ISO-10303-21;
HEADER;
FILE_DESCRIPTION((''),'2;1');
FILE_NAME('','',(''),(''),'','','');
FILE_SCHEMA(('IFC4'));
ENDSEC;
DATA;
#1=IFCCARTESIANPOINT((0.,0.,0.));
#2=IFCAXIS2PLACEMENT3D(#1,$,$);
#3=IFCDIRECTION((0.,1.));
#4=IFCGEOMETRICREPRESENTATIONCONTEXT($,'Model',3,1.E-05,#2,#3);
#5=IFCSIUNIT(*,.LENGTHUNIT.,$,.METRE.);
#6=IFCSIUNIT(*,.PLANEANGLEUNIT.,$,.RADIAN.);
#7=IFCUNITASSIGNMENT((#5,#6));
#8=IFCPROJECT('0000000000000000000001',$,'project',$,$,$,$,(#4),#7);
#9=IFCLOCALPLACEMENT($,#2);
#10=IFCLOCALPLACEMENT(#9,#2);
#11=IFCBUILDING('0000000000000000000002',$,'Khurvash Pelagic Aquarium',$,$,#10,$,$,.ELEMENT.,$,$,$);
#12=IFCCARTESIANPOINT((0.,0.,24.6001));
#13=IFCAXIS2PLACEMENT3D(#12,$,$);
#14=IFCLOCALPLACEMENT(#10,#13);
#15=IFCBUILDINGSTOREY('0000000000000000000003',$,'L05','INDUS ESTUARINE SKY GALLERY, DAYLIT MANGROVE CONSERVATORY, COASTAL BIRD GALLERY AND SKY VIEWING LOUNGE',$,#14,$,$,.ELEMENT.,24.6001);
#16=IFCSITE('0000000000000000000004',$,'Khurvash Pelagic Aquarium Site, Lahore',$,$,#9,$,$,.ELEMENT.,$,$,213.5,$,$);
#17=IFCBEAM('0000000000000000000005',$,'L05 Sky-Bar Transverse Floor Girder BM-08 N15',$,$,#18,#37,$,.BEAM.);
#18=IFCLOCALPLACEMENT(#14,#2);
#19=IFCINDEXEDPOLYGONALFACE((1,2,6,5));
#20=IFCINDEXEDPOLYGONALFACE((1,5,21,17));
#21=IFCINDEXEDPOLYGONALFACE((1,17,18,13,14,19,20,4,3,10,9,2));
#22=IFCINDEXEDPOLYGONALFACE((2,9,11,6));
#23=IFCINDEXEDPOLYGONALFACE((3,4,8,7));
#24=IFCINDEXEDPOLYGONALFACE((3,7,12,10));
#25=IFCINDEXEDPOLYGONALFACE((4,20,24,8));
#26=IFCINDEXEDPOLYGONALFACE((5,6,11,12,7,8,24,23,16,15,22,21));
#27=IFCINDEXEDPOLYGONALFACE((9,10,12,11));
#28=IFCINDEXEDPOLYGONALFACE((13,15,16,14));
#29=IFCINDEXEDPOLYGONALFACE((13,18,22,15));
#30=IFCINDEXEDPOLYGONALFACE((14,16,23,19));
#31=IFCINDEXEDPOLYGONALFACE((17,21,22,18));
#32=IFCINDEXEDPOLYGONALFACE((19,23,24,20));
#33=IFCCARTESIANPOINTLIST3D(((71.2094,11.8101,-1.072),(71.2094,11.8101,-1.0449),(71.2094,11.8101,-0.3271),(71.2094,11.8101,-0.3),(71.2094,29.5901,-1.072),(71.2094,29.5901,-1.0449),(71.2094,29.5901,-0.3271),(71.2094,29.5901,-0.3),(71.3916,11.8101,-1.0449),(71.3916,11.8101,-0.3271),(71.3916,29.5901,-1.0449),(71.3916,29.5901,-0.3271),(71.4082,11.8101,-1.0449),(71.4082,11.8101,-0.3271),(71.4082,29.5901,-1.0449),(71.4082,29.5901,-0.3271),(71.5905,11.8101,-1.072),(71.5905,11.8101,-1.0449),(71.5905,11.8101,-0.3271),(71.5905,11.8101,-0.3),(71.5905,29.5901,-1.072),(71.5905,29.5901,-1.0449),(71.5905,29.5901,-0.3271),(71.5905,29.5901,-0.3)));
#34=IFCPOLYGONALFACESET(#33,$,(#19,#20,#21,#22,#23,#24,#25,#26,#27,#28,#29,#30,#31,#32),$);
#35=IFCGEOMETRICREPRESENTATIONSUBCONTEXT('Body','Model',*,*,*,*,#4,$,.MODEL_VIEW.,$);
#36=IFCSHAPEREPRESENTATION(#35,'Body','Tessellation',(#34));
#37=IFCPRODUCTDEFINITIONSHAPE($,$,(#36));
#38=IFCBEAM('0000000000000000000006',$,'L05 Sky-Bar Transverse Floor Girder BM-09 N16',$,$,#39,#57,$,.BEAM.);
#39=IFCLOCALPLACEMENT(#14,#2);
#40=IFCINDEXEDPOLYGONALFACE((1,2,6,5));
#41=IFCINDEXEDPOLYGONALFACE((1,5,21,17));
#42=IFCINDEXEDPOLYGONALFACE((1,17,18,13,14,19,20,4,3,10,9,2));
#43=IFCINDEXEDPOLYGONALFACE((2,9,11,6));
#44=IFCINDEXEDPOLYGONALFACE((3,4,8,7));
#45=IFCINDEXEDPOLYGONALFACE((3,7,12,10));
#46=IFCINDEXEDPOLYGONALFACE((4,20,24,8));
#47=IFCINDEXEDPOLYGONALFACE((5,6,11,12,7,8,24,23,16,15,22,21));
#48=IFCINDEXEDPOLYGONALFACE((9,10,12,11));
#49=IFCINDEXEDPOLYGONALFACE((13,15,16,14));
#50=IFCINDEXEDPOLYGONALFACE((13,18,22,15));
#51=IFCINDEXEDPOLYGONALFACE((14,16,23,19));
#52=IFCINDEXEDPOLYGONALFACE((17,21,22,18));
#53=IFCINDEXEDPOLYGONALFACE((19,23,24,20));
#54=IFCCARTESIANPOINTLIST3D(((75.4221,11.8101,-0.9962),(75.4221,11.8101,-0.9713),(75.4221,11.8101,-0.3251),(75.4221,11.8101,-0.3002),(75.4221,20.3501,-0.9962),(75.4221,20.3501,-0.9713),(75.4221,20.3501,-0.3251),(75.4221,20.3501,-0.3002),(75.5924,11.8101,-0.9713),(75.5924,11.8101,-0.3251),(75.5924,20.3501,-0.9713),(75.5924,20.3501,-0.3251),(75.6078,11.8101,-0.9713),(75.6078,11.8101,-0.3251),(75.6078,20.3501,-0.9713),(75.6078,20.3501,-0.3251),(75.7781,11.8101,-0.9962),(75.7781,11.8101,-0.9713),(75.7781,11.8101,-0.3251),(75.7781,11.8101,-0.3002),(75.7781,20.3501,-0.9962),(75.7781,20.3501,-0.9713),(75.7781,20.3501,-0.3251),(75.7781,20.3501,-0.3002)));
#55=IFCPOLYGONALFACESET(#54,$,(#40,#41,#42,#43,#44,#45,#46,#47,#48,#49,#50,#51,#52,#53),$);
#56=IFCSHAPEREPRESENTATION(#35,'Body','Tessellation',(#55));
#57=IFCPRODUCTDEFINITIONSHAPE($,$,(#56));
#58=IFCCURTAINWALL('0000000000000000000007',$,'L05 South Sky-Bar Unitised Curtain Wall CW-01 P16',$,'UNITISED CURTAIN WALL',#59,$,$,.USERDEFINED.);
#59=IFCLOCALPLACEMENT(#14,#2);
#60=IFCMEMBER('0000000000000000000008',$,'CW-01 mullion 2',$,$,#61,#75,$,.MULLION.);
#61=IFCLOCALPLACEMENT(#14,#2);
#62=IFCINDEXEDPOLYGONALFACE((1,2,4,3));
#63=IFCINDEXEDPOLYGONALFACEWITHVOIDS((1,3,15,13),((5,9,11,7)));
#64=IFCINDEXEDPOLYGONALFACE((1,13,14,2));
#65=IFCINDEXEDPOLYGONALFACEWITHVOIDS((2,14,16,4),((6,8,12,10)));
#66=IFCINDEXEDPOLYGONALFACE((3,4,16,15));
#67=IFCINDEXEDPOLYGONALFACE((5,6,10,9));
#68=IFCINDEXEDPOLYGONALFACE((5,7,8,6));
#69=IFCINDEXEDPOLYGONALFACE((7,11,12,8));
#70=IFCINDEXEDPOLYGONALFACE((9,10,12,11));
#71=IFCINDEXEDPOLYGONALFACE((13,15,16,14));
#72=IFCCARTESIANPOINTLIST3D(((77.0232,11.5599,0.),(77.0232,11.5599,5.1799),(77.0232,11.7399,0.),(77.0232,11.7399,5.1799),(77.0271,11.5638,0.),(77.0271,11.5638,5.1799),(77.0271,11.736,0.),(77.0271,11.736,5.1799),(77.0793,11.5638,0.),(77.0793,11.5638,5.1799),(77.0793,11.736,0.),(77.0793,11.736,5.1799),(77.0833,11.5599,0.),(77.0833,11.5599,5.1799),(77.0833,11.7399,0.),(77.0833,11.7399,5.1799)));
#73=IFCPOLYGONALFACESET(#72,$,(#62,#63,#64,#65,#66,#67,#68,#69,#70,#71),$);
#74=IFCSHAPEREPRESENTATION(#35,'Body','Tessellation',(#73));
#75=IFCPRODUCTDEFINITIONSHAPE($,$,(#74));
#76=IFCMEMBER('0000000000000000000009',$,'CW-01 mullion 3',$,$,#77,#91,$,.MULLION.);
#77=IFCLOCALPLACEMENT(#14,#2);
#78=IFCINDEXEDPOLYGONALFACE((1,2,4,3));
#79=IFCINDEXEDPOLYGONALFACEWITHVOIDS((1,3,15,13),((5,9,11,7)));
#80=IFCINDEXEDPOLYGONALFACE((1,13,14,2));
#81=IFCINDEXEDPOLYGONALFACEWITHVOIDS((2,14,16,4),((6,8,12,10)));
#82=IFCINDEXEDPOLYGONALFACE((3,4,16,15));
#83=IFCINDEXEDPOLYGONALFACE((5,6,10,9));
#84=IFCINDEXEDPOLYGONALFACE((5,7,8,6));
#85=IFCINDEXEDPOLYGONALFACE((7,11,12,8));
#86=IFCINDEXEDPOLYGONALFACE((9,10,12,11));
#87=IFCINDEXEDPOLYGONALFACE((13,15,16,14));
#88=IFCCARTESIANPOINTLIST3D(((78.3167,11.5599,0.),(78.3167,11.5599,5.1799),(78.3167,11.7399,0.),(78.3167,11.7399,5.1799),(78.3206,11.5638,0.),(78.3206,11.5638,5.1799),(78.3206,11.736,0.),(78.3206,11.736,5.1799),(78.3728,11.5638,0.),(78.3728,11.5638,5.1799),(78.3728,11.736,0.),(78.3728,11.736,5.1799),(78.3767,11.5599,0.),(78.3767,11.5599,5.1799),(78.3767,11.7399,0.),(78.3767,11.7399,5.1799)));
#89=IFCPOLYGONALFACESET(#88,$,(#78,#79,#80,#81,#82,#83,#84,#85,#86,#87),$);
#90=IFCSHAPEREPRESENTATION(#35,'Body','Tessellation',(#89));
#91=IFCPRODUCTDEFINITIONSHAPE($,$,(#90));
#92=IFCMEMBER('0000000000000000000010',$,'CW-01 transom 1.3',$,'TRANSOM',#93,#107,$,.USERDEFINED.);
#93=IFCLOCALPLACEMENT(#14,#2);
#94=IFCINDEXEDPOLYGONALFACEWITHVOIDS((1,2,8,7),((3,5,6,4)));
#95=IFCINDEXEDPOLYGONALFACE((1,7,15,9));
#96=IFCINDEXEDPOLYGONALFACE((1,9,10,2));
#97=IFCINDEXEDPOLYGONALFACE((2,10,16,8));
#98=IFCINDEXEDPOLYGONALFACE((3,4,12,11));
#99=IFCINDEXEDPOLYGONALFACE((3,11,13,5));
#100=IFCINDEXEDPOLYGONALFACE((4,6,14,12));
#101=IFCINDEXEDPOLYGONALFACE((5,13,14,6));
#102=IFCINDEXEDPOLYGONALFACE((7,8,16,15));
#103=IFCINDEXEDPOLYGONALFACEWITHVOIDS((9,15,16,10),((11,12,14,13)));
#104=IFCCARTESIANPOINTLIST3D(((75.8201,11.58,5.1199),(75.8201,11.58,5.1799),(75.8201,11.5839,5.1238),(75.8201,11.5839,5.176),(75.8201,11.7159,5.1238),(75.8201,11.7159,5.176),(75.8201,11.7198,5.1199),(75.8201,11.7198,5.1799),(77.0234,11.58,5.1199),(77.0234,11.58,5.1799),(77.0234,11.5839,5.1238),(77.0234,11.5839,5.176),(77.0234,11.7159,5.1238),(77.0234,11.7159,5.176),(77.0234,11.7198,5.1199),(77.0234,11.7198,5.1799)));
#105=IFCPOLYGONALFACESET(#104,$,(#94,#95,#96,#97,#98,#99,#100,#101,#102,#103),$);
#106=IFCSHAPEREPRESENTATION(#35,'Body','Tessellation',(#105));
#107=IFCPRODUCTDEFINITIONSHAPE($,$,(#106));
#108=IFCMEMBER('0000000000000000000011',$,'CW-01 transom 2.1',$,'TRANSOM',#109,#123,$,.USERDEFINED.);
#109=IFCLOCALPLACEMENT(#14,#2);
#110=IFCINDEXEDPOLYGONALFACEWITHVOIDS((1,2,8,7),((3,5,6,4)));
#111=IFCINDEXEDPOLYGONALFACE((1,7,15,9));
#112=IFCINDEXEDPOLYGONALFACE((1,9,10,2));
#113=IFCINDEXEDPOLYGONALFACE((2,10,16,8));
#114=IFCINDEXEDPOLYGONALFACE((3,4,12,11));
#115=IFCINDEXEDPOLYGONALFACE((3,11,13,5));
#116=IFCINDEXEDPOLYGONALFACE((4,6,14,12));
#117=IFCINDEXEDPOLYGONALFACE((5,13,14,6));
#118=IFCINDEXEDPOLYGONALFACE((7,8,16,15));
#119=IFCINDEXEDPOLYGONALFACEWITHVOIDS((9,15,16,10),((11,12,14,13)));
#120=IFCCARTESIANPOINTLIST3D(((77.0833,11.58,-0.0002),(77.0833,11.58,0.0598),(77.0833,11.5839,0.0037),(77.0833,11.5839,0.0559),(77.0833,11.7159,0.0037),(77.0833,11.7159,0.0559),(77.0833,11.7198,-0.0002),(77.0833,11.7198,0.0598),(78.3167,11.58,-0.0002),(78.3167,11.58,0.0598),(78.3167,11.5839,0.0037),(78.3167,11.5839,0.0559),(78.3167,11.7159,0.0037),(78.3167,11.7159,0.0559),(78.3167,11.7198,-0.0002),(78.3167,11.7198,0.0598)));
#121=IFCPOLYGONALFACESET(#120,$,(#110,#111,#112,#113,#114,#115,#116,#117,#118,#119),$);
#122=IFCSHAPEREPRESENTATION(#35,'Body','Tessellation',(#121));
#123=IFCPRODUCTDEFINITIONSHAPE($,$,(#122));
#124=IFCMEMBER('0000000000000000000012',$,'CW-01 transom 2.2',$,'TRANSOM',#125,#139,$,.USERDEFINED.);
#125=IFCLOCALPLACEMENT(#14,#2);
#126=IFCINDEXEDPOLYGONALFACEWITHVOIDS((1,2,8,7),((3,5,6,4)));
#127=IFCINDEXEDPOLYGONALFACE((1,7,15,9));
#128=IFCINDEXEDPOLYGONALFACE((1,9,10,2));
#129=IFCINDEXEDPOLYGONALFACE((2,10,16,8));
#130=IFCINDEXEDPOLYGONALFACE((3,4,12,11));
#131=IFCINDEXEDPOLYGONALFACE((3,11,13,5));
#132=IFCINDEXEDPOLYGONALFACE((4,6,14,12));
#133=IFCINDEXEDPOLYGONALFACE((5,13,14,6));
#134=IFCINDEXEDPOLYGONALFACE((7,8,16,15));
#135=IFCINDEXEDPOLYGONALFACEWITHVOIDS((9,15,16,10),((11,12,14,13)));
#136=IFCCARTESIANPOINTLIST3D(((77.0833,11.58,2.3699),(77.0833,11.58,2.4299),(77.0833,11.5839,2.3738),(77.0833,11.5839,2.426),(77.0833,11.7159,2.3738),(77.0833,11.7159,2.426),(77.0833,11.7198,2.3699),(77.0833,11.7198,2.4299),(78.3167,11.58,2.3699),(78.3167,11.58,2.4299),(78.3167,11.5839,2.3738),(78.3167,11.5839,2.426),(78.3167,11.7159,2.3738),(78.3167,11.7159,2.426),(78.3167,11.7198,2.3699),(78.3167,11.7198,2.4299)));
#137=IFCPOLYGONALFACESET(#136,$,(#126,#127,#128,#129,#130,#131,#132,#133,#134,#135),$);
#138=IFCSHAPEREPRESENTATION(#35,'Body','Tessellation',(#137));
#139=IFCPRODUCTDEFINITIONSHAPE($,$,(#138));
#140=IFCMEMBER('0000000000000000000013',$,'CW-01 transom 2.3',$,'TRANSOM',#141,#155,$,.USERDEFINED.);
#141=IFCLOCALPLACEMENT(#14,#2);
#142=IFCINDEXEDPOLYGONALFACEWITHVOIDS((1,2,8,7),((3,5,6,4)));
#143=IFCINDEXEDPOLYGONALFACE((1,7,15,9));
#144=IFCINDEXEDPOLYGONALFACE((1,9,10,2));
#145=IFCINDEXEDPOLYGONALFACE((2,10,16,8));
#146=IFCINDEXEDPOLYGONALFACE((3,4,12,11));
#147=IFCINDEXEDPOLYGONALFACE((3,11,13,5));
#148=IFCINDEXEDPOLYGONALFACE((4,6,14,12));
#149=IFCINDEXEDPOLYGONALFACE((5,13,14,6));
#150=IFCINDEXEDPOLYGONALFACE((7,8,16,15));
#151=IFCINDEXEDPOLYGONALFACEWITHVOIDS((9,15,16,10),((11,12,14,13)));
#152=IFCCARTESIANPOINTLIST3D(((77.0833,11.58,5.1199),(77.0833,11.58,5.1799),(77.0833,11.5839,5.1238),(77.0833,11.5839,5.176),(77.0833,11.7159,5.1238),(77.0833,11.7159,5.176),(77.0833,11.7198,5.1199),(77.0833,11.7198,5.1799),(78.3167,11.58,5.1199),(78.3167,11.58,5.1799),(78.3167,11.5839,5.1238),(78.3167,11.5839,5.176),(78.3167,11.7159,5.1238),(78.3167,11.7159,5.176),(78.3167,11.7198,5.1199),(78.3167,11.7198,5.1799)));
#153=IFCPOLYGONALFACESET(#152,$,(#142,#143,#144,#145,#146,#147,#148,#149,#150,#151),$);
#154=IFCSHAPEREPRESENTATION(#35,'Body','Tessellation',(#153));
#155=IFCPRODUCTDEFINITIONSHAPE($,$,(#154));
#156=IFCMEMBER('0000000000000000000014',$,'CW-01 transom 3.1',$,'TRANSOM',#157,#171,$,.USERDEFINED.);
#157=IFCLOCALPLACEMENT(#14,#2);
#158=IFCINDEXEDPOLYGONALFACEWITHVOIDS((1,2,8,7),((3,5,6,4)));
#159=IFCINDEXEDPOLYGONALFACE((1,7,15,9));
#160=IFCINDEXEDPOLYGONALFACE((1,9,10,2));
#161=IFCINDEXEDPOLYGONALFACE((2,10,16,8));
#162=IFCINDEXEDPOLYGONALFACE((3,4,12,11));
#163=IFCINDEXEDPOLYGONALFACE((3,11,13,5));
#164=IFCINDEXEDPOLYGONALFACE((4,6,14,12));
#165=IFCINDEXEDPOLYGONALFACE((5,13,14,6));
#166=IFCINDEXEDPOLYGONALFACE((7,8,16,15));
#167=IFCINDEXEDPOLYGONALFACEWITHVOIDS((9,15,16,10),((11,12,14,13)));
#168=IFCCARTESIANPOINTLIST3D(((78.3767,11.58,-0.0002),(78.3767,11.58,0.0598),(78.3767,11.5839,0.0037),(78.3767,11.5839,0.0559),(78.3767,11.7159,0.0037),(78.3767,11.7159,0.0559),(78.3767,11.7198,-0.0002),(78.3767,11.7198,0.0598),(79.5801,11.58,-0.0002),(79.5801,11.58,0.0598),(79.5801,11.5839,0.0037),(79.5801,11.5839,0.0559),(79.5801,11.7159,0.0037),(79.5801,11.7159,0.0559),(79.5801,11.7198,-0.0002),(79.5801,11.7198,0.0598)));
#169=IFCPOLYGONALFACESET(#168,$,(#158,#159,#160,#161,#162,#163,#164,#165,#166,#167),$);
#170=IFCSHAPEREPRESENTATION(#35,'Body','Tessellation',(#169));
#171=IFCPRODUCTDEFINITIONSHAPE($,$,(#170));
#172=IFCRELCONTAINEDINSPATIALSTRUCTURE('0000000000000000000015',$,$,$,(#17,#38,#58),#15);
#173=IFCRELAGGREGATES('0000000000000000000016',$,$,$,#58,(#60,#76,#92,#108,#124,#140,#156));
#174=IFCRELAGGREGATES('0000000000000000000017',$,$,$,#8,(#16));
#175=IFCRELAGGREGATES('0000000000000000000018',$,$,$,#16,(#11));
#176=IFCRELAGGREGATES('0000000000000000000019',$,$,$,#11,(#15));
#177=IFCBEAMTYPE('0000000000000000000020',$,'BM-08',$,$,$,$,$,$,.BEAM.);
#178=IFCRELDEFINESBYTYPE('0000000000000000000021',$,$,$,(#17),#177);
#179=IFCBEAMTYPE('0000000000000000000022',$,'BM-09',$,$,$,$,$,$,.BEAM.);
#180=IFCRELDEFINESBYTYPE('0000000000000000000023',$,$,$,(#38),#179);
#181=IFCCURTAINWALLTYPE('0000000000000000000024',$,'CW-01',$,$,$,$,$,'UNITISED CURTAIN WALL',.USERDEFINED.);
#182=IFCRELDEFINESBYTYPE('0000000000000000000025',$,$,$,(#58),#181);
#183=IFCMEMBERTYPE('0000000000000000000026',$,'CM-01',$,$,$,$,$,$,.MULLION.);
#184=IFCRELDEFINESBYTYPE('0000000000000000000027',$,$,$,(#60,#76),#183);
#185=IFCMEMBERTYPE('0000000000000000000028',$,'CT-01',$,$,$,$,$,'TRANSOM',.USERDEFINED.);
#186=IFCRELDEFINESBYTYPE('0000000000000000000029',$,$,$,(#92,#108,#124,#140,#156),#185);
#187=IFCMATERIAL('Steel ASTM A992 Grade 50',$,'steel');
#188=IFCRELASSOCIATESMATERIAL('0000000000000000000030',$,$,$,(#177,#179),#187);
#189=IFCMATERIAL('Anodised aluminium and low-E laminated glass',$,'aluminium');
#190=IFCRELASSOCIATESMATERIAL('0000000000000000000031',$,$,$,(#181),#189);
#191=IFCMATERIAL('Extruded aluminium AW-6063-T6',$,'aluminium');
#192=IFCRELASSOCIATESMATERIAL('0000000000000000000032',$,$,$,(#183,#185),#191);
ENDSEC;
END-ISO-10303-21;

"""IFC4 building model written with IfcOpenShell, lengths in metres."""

from ifc_helpers import new_model, si_unit, direction, frame, origin, origin_2d, place, context, subcontext, project, spatial, hollow_rectangle, i_section, extrude, material, material_profile, profile_set, type_object, element, aggregate, save


model = new_model("IFC4")

# Units and contexts
model_context = context("Model", 3, precision=1e-05, world=origin(), true_north=direction((0.0, 1.0)))
body_context = subcontext(model_context, "Body", "Model", "MODEL_VIEW")
ifc_project = project(units=[si_unit("LENGTHUNIT", "METRE"), si_unit("PLANEANGLEUNIT", "RADIAN")], contexts=[model_context])

# Site, building, storey
site_placement = place(None, origin())
site = spatial("IfcSite", under=ifc_project, at=site_placement, Name="Khurvash Pelagic Aquarium Site, Lahore", CompositionType="ELEMENT", RefElevation=213.5)
building_placement = place(site_placement, origin())
building = spatial("IfcBuilding", under=site, at=building_placement, Name="Khurvash Pelagic Aquarium", CompositionType="ELEMENT")
storey_placement = place(building_placement, frame((0.0, 0.0, 24.6001)))
storey = spatial("IfcBuildingStorey", under=building, at=storey_placement, Name="L05", Description="INDUS ESTUARINE SKY GALLERY, DAYLIT MANGROVE CONSERVATORY, COASTAL BIRD GALLERY AND SKY VIEWING LOUNGE", CompositionType="ELEMENT", Elevation=24.6001)

# Beams
ifc_material_1 = material(Name="Steel ASTM A992 Grade 50", Category="steel")
ifc_material_profile_1 = material_profile(ifc_material_1, i_section(OverallWidth=0.3811, OverallDepth=0.772, WebThickness=0.0166, FlangeThickness=0.0271, at=origin_2d()), Name="W30X173")
ifc_profile_set_1 = profile_set([ifc_material_profile_1], Name="Steel ASTM A992 Grade 50")
beam_type_1 = type_object("IfcBeamType", Name="BM-08", PredefinedType="BEAM", material=ifc_profile_set_1)
beam_1_placement = place(storey_placement, frame((71.3999, 11.8101, -0.686), z_axis=(0.0, 1.0, 0.0), x_axis=(-1.0, 0.0, 0.0)))
element("IfcBeam", 1, at=beam_1_placement, inside=storey, type_object=beam_type_1, Name="L05 Sky-Bar Transverse Floor Girder BM-08 N15", PredefinedType="BEAM", context=body_context, shape_type="SweptSolid", body=[
    extrude(i_section(OverallWidth=0.3811, OverallDepth=0.772, WebThickness=0.0166, FlangeThickness=0.0271, at=origin_2d()), origin(), (0.0, 0.0, 1.0), 17.78),
])
ifc_material_profile_2 = material_profile(ifc_material_1, i_section(OverallWidth=0.356, OverallDepth=0.696, WebThickness=0.0154, FlangeThickness=0.0249, at=origin_2d()), Name="W27X146")
ifc_profile_set_2 = profile_set([ifc_material_profile_2], Name="Steel ASTM A992 Grade 50")
beam_type_2 = type_object("IfcBeamType", Name="BM-09", PredefinedType="BEAM", material=ifc_profile_set_2)
beam_2_placement = place(storey_placement, frame((75.6001, 11.8101, -0.6482), z_axis=(0.0, 1.0, 0.0), x_axis=(-1.0, 0.0, 0.0)))
element("IfcBeam", 2, at=beam_2_placement, inside=storey, type_object=beam_type_2, Name="L05 Sky-Bar Transverse Floor Girder BM-09 N16", PredefinedType="BEAM", context=body_context, shape_type="SweptSolid", body=[
    extrude(i_section(OverallWidth=0.356, OverallDepth=0.696, WebThickness=0.0154, FlangeThickness=0.0249, at=origin_2d()), origin(), (0.0, 0.0, 1.0), 8.54),
])

# Curtain wall, members
ifc_material_2 = material(Name="Anodised aluminium and low-E laminated glass", Category="aluminium")
curtain_wall_type = type_object("IfcCurtainWallType", Name="CW-01", ElementType="UNITISED CURTAIN WALL", PredefinedType="USERDEFINED", material=ifc_material_2)
curtain_wall_placement = place(storey_placement, origin())
curtain_wall = element("IfcCurtainWall", 3, at=curtain_wall_placement, inside=storey, type_object=curtain_wall_type, Name="L05 South Sky-Bar Unitised Curtain Wall CW-01 P16", ObjectType="UNITISED CURTAIN WALL", PredefinedType="USERDEFINED")
ifc_material_3 = material(Name="Extruded aluminium AW-6063-T6", Category="aluminium")
ifc_material_profile_3 = material_profile(ifc_material_3, hollow_rectangle(XDim=0.0601, YDim=0.1799, WallThickness=0.0039, at=origin_2d()), Name="CWM60X180X4")
ifc_profile_set_3 = profile_set([ifc_material_profile_3], Name="Extruded aluminium AW-6063-T6")
member_type_1 = type_object("IfcMemberType", Name="CM-01", PredefinedType="MULLION", material=ifc_profile_set_3)
member_1_placement = place(storey_placement, frame((77.0532, 11.6499, 0.0), z_axis=(0.0, 0.0, 1.0), x_axis=(1.0, 0.0, 0.0)))
member_1 = element("IfcMember", 4, at=member_1_placement, type_object=member_type_1, Name="CW-01 mullion 2", PredefinedType="MULLION", context=body_context, shape_type="SweptSolid", body=[
    extrude(hollow_rectangle(XDim=0.0601, YDim=0.1799, WallThickness=0.0039, at=origin_2d()), origin(), (0.0, 0.0, 1.0), 5.1799),
])
member_2_placement = place(storey_placement, frame((78.3467, 11.6499, 0.0), z_axis=(0.0, 0.0, 1.0), x_axis=(1.0, 0.0, 0.0)))
member_2 = element("IfcMember", 5, at=member_2_placement, type_object=member_type_1, Name="CW-01 mullion 3", PredefinedType="MULLION", context=body_context, shape_type="SweptSolid", body=[
    extrude(hollow_rectangle(XDim=0.0601, YDim=0.1799, WallThickness=0.0039, at=origin_2d()), origin(), (0.0, 0.0, 1.0), 5.1799),
])
ifc_material_profile_4 = material_profile(ifc_material_3, hollow_rectangle(XDim=0.1399, YDim=0.0601, WallThickness=0.0039, at=origin_2d()), Name="CWT140X60X4")
ifc_profile_set_4 = profile_set([ifc_material_profile_4], Name="Extruded aluminium AW-6063-T6")
member_type_2 = type_object("IfcMemberType", Name="CT-01", ElementType="TRANSOM", PredefinedType="USERDEFINED", material=ifc_profile_set_4)
member_3_placement = place(storey_placement, frame((75.8201, 11.6499, 5.1499), z_axis=(1.0, 0.0, 0.0), x_axis=(0.0, 1.0, 0.0)))
member_3 = element("IfcMember", 6, at=member_3_placement, type_object=member_type_2, Name="CW-01 transom 1.3", ObjectType="TRANSOM", PredefinedType="USERDEFINED", context=body_context, shape_type="SweptSolid", body=[
    extrude(hollow_rectangle(XDim=0.1399, YDim=0.0601, WallThickness=0.0039, at=origin_2d()), origin(), (0.0, 0.0, 1.0), 1.2034),
])
member_4_placement = place(storey_placement, frame((77.0833, 11.6499, 0.0298), z_axis=(1.0, 0.0, 0.0), x_axis=(0.0, 1.0, 0.0)))
member_4 = element("IfcMember", 7, at=member_4_placement, type_object=member_type_2, Name="CW-01 transom 2.1", ObjectType="TRANSOM", PredefinedType="USERDEFINED", context=body_context, shape_type="SweptSolid", body=[
    extrude(hollow_rectangle(XDim=0.1399, YDim=0.0601, WallThickness=0.0039, at=origin_2d()), origin(), (0.0, 0.0, 1.0), 1.2334),
])
member_5_placement = place(storey_placement, frame((77.0833, 11.6499, 2.3999), z_axis=(1.0, 0.0, 0.0), x_axis=(0.0, 1.0, 0.0)))
member_5 = element("IfcMember", 8, at=member_5_placement, type_object=member_type_2, Name="CW-01 transom 2.2", ObjectType="TRANSOM", PredefinedType="USERDEFINED", context=body_context, shape_type="SweptSolid", body=[
    extrude(hollow_rectangle(XDim=0.1399, YDim=0.0601, WallThickness=0.0039, at=origin_2d()), origin(), (0.0, 0.0, 1.0), 1.2334),
])
member_6_placement = place(storey_placement, frame((77.0833, 11.6499, 5.1499), z_axis=(1.0, 0.0, 0.0), x_axis=(0.0, 1.0, 0.0)))
member_6 = element("IfcMember", 9, at=member_6_placement, type_object=member_type_2, Name="CW-01 transom 2.3", ObjectType="TRANSOM", PredefinedType="USERDEFINED", context=body_context, shape_type="SweptSolid", body=[
    extrude(hollow_rectangle(XDim=0.1399, YDim=0.0601, WallThickness=0.0039, at=origin_2d()), origin(), (0.0, 0.0, 1.0), 1.2334),
])
member_7_placement = place(storey_placement, frame((78.3767, 11.6499, 0.0298), z_axis=(1.0, 0.0, 0.0), x_axis=(0.0, 1.0, 0.0)))
member_7 = element("IfcMember", 10, at=member_7_placement, type_object=member_type_2, Name="CW-01 transom 3.1", ObjectType="TRANSOM", PredefinedType="USERDEFINED", context=body_context, shape_type="SweptSolid", body=[
    extrude(hollow_rectangle(XDim=0.1399, YDim=0.0601, WallThickness=0.0039, at=origin_2d()), origin(), (0.0, 0.0, 1.0), 1.2034),
])

aggregate(curtain_wall, [member_1, member_2, member_3, member_4, member_5, member_6, member_7])

save(model, "model.ifc")
